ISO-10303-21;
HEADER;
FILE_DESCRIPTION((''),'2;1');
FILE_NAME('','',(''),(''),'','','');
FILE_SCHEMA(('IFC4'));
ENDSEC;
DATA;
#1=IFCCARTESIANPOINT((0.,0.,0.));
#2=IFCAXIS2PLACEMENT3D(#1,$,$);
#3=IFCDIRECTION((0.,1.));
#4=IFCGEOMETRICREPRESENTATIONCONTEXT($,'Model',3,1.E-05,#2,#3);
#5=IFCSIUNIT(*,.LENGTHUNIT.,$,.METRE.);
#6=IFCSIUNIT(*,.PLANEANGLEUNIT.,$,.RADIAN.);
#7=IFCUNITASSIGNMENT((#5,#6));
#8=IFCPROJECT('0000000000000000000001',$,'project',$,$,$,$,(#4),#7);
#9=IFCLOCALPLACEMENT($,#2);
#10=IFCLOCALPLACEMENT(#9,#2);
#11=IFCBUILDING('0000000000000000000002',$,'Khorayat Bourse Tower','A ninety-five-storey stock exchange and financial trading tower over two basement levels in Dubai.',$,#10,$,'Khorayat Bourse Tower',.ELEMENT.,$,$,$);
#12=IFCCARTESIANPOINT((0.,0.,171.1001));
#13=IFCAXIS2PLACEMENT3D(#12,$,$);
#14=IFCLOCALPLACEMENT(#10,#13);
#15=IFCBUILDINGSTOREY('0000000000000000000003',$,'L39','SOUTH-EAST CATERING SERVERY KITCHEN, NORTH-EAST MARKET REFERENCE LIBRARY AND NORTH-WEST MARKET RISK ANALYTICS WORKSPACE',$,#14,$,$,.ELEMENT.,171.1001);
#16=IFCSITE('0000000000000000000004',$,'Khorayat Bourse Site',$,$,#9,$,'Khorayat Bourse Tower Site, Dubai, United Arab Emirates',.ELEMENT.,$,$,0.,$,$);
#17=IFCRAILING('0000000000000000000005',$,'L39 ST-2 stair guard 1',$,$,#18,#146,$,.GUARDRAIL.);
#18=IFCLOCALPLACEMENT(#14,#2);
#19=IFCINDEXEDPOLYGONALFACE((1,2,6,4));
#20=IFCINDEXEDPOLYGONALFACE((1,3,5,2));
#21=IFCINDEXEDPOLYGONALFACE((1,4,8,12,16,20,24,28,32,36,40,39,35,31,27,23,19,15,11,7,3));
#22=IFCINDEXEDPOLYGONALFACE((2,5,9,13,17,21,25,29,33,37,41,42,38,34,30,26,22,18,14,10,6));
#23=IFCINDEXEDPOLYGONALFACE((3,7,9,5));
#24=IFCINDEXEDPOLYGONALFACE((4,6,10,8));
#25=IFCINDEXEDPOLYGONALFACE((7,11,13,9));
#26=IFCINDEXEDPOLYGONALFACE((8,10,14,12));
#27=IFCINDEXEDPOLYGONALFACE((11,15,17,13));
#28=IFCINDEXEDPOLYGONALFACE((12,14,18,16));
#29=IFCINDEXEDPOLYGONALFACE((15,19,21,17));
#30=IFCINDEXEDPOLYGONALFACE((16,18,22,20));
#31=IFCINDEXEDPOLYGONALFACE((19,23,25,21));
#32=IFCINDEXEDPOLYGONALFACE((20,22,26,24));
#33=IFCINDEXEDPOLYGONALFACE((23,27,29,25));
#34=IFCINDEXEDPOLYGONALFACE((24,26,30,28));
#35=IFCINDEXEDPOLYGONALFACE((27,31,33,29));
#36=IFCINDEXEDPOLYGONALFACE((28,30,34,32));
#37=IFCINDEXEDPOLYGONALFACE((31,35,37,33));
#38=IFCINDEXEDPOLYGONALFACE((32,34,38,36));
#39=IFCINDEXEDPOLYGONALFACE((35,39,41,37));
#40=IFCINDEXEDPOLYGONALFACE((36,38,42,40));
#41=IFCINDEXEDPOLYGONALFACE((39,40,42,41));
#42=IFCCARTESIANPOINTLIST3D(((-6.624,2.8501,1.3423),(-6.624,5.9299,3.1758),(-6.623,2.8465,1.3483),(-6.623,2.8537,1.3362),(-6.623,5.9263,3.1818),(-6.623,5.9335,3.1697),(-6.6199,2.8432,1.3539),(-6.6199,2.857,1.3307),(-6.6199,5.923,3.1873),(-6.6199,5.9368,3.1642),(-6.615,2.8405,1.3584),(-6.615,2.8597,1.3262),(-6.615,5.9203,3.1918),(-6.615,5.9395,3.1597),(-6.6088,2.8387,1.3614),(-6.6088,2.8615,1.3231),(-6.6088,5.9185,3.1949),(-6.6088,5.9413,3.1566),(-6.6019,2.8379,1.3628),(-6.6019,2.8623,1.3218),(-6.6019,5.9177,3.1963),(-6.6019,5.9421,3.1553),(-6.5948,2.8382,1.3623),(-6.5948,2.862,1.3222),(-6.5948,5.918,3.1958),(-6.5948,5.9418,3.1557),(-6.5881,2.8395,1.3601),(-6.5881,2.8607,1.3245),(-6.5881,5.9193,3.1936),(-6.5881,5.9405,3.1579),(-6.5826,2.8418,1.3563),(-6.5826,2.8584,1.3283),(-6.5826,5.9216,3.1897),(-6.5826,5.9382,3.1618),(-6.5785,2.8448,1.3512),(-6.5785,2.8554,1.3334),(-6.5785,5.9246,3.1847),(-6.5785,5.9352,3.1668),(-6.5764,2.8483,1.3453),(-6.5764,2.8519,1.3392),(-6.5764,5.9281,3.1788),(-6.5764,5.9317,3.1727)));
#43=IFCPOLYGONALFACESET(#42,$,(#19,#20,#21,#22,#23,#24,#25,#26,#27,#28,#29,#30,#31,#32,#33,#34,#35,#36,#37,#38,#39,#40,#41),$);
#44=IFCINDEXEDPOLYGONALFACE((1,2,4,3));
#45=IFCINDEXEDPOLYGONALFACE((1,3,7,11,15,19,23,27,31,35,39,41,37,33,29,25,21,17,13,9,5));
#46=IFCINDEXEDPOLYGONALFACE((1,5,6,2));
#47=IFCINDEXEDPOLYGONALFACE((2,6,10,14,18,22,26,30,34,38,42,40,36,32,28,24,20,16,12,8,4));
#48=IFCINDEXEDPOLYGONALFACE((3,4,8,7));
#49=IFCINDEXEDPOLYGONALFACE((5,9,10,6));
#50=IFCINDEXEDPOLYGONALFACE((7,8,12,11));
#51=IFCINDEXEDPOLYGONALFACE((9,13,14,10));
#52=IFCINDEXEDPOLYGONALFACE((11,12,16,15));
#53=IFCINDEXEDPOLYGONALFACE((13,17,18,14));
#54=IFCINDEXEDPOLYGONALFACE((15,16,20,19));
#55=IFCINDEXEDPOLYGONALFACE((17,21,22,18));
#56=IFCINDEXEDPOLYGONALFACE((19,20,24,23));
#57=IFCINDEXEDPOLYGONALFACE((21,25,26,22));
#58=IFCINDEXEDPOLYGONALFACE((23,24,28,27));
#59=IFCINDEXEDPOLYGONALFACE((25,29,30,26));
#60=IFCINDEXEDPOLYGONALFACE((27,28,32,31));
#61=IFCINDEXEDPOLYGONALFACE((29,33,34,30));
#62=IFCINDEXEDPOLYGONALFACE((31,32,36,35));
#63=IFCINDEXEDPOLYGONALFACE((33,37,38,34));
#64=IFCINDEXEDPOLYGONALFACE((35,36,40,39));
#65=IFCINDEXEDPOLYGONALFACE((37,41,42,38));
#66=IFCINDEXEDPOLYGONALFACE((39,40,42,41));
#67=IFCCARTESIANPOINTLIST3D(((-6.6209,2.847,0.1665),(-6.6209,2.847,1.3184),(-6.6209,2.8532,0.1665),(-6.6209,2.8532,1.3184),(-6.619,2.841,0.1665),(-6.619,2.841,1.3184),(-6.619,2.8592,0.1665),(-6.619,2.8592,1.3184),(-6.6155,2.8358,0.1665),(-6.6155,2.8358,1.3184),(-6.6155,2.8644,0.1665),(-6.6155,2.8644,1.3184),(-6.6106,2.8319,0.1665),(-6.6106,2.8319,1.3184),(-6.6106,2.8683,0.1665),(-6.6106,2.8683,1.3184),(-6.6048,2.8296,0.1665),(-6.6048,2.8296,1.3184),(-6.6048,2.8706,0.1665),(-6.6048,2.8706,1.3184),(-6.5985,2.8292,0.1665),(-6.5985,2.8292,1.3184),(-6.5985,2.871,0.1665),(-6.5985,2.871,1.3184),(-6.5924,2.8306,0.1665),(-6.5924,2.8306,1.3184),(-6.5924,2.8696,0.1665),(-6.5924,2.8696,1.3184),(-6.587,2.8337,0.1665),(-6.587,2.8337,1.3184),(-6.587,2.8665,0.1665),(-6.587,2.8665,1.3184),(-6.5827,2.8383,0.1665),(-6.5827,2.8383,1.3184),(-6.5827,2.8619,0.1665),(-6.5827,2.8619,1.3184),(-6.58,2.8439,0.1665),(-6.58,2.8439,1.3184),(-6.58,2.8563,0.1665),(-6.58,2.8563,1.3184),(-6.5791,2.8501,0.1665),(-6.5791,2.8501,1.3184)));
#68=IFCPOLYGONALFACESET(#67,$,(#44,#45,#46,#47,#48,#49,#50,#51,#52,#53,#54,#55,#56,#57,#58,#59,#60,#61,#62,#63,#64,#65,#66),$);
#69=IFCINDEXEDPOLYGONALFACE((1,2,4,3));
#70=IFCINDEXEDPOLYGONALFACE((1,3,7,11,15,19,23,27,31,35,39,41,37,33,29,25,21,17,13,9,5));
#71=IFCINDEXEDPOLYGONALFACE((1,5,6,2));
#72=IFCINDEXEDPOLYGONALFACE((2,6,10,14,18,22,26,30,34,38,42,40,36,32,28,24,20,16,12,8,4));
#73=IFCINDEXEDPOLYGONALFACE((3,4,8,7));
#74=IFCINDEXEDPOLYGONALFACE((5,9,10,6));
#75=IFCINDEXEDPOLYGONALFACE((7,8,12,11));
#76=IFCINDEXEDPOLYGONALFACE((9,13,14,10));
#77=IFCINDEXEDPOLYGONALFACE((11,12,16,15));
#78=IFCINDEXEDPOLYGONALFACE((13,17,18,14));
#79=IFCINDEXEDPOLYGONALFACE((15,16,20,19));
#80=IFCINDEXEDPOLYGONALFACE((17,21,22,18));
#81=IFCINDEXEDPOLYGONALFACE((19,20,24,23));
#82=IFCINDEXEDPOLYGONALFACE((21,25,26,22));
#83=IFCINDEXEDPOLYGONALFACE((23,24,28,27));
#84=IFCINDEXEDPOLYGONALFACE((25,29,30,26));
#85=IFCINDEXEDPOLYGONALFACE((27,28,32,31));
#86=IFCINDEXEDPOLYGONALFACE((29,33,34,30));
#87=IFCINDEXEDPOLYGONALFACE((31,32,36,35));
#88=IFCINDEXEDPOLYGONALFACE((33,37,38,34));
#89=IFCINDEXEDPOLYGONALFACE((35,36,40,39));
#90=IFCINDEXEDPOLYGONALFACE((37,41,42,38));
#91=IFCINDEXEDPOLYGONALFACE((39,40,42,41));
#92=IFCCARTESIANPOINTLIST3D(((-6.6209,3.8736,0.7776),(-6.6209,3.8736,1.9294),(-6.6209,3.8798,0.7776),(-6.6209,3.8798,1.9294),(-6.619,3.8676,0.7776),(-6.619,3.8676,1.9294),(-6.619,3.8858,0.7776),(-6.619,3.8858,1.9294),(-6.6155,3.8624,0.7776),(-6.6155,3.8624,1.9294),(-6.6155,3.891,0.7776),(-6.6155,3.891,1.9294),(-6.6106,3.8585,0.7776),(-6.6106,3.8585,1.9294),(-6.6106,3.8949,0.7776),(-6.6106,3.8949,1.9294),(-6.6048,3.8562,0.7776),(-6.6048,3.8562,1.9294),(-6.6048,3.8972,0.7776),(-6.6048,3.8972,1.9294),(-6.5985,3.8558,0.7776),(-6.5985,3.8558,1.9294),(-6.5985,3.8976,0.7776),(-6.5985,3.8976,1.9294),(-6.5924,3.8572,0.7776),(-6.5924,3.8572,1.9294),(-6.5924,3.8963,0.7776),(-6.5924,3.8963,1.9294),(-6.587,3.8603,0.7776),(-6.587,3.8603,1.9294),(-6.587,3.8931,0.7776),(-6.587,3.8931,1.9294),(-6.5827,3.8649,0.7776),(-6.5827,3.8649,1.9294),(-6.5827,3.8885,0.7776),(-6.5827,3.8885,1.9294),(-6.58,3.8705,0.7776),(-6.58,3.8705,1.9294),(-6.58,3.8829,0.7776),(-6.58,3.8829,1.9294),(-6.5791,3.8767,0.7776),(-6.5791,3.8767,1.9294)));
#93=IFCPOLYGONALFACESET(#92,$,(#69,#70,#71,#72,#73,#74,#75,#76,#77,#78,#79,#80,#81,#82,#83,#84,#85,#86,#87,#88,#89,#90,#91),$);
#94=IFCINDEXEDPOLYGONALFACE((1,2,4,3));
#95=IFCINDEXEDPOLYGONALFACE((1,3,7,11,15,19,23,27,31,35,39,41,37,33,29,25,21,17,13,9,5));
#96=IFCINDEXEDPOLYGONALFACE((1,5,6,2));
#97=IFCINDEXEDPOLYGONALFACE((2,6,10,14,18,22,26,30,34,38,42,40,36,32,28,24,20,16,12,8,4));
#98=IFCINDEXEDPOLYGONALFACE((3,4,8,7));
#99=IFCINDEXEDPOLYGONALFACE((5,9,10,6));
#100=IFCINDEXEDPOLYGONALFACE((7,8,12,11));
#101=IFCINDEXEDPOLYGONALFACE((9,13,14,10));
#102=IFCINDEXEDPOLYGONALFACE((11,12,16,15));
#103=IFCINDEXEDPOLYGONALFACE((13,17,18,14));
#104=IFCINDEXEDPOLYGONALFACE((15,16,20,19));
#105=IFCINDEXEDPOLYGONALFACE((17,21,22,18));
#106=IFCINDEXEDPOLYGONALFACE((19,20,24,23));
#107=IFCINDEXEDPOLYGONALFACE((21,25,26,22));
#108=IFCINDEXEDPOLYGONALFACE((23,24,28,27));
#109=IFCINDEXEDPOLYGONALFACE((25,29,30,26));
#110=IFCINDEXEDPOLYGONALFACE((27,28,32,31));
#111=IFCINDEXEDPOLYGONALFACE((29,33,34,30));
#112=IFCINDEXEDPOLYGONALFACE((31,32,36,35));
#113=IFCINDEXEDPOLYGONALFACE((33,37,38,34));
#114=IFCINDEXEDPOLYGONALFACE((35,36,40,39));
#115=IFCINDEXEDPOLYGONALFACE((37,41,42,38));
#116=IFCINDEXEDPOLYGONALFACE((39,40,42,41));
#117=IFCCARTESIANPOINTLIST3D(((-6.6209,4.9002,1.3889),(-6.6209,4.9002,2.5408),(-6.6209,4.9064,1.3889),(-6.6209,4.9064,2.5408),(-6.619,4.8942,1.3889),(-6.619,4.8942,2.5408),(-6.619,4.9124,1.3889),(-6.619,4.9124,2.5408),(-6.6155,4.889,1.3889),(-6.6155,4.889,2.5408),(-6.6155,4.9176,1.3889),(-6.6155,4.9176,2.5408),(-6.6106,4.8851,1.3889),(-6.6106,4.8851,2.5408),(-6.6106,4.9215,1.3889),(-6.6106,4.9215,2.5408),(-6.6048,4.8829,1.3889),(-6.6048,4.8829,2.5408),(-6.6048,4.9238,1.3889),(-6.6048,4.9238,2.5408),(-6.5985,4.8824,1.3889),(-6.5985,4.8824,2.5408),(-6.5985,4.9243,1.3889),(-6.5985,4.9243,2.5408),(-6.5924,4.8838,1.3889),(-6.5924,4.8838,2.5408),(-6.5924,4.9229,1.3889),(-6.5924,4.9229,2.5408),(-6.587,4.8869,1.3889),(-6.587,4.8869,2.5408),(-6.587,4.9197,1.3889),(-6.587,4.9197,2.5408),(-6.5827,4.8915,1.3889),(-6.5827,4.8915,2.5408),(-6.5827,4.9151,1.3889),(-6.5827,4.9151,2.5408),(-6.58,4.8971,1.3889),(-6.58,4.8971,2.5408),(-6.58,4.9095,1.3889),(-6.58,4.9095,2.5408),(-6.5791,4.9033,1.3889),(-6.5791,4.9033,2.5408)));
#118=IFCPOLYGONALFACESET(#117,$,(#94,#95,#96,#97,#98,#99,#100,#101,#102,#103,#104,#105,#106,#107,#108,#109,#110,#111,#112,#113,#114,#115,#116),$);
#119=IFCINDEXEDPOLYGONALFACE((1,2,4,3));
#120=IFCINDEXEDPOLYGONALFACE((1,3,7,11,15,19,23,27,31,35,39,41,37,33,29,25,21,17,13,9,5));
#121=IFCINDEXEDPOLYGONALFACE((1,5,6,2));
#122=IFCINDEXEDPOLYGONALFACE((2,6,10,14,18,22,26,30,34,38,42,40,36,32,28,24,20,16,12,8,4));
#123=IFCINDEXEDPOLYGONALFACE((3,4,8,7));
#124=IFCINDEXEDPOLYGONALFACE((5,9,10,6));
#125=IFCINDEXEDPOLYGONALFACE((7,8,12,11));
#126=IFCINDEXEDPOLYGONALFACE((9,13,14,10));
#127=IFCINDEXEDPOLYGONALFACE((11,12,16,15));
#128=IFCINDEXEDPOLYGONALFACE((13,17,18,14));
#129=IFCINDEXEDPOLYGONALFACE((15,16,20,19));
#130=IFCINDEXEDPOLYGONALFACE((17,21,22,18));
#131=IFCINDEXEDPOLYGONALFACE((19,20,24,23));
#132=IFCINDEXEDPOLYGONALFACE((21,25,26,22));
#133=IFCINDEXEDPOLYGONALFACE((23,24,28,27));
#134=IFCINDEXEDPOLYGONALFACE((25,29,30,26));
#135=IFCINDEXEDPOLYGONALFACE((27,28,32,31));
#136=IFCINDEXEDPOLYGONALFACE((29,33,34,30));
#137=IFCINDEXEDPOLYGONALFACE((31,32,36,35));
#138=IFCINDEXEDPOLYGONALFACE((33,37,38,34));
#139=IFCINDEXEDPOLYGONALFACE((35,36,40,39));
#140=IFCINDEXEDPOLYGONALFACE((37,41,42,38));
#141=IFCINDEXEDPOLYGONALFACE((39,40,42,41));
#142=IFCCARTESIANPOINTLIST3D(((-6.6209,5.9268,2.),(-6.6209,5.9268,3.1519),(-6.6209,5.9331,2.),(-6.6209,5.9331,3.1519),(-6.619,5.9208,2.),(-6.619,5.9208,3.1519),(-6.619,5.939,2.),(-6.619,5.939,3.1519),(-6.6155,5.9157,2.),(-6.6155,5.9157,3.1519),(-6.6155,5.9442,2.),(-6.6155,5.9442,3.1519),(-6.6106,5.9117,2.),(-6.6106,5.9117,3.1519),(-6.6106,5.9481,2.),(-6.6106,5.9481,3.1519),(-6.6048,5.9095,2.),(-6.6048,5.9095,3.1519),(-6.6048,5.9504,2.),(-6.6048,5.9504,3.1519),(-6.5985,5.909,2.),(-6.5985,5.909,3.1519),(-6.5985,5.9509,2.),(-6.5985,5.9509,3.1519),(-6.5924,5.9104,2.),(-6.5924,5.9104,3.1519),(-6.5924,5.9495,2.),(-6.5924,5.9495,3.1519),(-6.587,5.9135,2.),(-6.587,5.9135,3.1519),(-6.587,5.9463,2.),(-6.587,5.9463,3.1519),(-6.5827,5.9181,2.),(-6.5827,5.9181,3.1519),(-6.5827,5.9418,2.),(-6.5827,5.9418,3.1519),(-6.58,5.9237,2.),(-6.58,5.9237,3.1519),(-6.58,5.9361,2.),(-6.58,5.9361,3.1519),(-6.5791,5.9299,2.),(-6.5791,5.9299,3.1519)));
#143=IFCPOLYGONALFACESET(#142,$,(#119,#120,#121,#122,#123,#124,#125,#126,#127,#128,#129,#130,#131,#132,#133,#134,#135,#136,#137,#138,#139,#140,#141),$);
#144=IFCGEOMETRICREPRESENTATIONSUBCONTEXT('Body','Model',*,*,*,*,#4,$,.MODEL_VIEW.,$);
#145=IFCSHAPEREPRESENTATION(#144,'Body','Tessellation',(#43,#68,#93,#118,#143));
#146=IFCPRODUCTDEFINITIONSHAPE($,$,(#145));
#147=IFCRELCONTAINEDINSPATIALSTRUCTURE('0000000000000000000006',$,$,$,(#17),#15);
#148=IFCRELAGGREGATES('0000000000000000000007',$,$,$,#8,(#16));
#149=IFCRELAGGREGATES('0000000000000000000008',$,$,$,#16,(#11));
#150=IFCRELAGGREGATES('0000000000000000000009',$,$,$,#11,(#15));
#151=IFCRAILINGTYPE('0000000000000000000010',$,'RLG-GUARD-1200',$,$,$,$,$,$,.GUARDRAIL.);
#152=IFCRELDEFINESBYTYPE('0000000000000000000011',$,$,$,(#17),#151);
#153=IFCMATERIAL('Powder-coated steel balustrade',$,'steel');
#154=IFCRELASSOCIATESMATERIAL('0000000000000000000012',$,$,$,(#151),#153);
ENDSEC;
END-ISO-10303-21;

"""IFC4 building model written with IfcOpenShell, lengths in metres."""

from ifc_helpers import new_model, si_unit, direction, frame, origin, origin_2d, place, context, subcontext, project, spatial, circle, extrude, source, transform, mapped, material, type_object, element, save


model = new_model("IFC4")

# Units and contexts
model_context = context("Model", 3, precision=1e-05, world=origin(), true_north=direction((0.0, 1.0)))
body_context = subcontext(model_context, "Body", "Model", "MODEL_VIEW")
ifc_project = project(units=[si_unit("LENGTHUNIT", "METRE"), si_unit("PLANEANGLEUNIT", "RADIAN")], contexts=[model_context])

# Site, building, storey
site_placement = place(None, origin())
site = spatial("IfcSite", under=ifc_project, at=site_placement, Name="Khorayat Bourse Site", LongName="Khorayat Bourse Tower Site, Dubai, United Arab Emirates", CompositionType="ELEMENT", RefElevation=0.0)
building_placement = place(site_placement, origin())
building = spatial("IfcBuilding", under=site, at=building_placement, Name="Khorayat Bourse Tower", Description="A ninety-five-storey stock exchange and financial trading tower over two basement levels in Dubai.", LongName="Khorayat Bourse Tower", CompositionType="ELEMENT")
storey_placement = place(building_placement, frame((0.0, 0.0, 171.1001)))
storey = spatial("IfcBuildingStorey", under=building, at=storey_placement, Name="L39", Description="SOUTH-EAST CATERING SERVERY KITCHEN, NORTH-EAST MARKET REFERENCE LIBRARY AND NORTH-WEST MARKET RISK ANALYTICS WORKSPACE", CompositionType="ELEMENT", Elevation=171.1001)

# Railing
ifc_material_1 = material(Name="Powder-coated steel balustrade", Category="steel")
railing_type_1 = type_object("IfcRailingType", Name="RLG-GUARD-1200", PredefinedType="GUARDRAIL", material=ifc_material_1)
shared_shape_1 = source(origin(), body_context, "Body", "SweptSolid", [
    extrude(circle(Radius=0.0239, at=origin_2d()), frame((0.0, 0.0, 1.1758), z_axis=(0.0, 0.859261, 0.511538), x_axis=(-1.0, 0.0, 0.0)), (0.0, 0.0, 1.0), 3.5842),
    extrude(circle(Radius=0.021, at=origin_2d()), origin(), (0.0, 0.0, 1.0), 1.1519),
    extrude(circle(Radius=0.021, at=origin_2d()), frame((0.0, 1.0266, 0.6111)), (0.0, 0.0, 1.0), 1.1519),
    extrude(circle(Radius=0.021, at=origin_2d()), frame((0.0, 2.0532, 1.2224)), (0.0, 0.0, 1.0), 1.1519),
    extrude(circle(Radius=0.021, at=origin_2d()), frame((0.0, 3.0798, 1.8335)), (0.0, 0.0, 1.0), 1.1519),
])
railing_1_placement = place(storey_placement, frame((-6.6001, 2.8501, 0.1665)))
element("IfcRailing", 1, at=railing_1_placement, inside=storey, type_object=railing_type_1, Name="L39 ST-2 stair guard 1", PredefinedType="GUARDRAIL", context=body_context, shape_type="MappedRepresentation", body=[
    mapped(shared_shape_1, transform((0.0, 0.0, 0.0), scale=1.0)),
])

save(model, "model.ifc")
